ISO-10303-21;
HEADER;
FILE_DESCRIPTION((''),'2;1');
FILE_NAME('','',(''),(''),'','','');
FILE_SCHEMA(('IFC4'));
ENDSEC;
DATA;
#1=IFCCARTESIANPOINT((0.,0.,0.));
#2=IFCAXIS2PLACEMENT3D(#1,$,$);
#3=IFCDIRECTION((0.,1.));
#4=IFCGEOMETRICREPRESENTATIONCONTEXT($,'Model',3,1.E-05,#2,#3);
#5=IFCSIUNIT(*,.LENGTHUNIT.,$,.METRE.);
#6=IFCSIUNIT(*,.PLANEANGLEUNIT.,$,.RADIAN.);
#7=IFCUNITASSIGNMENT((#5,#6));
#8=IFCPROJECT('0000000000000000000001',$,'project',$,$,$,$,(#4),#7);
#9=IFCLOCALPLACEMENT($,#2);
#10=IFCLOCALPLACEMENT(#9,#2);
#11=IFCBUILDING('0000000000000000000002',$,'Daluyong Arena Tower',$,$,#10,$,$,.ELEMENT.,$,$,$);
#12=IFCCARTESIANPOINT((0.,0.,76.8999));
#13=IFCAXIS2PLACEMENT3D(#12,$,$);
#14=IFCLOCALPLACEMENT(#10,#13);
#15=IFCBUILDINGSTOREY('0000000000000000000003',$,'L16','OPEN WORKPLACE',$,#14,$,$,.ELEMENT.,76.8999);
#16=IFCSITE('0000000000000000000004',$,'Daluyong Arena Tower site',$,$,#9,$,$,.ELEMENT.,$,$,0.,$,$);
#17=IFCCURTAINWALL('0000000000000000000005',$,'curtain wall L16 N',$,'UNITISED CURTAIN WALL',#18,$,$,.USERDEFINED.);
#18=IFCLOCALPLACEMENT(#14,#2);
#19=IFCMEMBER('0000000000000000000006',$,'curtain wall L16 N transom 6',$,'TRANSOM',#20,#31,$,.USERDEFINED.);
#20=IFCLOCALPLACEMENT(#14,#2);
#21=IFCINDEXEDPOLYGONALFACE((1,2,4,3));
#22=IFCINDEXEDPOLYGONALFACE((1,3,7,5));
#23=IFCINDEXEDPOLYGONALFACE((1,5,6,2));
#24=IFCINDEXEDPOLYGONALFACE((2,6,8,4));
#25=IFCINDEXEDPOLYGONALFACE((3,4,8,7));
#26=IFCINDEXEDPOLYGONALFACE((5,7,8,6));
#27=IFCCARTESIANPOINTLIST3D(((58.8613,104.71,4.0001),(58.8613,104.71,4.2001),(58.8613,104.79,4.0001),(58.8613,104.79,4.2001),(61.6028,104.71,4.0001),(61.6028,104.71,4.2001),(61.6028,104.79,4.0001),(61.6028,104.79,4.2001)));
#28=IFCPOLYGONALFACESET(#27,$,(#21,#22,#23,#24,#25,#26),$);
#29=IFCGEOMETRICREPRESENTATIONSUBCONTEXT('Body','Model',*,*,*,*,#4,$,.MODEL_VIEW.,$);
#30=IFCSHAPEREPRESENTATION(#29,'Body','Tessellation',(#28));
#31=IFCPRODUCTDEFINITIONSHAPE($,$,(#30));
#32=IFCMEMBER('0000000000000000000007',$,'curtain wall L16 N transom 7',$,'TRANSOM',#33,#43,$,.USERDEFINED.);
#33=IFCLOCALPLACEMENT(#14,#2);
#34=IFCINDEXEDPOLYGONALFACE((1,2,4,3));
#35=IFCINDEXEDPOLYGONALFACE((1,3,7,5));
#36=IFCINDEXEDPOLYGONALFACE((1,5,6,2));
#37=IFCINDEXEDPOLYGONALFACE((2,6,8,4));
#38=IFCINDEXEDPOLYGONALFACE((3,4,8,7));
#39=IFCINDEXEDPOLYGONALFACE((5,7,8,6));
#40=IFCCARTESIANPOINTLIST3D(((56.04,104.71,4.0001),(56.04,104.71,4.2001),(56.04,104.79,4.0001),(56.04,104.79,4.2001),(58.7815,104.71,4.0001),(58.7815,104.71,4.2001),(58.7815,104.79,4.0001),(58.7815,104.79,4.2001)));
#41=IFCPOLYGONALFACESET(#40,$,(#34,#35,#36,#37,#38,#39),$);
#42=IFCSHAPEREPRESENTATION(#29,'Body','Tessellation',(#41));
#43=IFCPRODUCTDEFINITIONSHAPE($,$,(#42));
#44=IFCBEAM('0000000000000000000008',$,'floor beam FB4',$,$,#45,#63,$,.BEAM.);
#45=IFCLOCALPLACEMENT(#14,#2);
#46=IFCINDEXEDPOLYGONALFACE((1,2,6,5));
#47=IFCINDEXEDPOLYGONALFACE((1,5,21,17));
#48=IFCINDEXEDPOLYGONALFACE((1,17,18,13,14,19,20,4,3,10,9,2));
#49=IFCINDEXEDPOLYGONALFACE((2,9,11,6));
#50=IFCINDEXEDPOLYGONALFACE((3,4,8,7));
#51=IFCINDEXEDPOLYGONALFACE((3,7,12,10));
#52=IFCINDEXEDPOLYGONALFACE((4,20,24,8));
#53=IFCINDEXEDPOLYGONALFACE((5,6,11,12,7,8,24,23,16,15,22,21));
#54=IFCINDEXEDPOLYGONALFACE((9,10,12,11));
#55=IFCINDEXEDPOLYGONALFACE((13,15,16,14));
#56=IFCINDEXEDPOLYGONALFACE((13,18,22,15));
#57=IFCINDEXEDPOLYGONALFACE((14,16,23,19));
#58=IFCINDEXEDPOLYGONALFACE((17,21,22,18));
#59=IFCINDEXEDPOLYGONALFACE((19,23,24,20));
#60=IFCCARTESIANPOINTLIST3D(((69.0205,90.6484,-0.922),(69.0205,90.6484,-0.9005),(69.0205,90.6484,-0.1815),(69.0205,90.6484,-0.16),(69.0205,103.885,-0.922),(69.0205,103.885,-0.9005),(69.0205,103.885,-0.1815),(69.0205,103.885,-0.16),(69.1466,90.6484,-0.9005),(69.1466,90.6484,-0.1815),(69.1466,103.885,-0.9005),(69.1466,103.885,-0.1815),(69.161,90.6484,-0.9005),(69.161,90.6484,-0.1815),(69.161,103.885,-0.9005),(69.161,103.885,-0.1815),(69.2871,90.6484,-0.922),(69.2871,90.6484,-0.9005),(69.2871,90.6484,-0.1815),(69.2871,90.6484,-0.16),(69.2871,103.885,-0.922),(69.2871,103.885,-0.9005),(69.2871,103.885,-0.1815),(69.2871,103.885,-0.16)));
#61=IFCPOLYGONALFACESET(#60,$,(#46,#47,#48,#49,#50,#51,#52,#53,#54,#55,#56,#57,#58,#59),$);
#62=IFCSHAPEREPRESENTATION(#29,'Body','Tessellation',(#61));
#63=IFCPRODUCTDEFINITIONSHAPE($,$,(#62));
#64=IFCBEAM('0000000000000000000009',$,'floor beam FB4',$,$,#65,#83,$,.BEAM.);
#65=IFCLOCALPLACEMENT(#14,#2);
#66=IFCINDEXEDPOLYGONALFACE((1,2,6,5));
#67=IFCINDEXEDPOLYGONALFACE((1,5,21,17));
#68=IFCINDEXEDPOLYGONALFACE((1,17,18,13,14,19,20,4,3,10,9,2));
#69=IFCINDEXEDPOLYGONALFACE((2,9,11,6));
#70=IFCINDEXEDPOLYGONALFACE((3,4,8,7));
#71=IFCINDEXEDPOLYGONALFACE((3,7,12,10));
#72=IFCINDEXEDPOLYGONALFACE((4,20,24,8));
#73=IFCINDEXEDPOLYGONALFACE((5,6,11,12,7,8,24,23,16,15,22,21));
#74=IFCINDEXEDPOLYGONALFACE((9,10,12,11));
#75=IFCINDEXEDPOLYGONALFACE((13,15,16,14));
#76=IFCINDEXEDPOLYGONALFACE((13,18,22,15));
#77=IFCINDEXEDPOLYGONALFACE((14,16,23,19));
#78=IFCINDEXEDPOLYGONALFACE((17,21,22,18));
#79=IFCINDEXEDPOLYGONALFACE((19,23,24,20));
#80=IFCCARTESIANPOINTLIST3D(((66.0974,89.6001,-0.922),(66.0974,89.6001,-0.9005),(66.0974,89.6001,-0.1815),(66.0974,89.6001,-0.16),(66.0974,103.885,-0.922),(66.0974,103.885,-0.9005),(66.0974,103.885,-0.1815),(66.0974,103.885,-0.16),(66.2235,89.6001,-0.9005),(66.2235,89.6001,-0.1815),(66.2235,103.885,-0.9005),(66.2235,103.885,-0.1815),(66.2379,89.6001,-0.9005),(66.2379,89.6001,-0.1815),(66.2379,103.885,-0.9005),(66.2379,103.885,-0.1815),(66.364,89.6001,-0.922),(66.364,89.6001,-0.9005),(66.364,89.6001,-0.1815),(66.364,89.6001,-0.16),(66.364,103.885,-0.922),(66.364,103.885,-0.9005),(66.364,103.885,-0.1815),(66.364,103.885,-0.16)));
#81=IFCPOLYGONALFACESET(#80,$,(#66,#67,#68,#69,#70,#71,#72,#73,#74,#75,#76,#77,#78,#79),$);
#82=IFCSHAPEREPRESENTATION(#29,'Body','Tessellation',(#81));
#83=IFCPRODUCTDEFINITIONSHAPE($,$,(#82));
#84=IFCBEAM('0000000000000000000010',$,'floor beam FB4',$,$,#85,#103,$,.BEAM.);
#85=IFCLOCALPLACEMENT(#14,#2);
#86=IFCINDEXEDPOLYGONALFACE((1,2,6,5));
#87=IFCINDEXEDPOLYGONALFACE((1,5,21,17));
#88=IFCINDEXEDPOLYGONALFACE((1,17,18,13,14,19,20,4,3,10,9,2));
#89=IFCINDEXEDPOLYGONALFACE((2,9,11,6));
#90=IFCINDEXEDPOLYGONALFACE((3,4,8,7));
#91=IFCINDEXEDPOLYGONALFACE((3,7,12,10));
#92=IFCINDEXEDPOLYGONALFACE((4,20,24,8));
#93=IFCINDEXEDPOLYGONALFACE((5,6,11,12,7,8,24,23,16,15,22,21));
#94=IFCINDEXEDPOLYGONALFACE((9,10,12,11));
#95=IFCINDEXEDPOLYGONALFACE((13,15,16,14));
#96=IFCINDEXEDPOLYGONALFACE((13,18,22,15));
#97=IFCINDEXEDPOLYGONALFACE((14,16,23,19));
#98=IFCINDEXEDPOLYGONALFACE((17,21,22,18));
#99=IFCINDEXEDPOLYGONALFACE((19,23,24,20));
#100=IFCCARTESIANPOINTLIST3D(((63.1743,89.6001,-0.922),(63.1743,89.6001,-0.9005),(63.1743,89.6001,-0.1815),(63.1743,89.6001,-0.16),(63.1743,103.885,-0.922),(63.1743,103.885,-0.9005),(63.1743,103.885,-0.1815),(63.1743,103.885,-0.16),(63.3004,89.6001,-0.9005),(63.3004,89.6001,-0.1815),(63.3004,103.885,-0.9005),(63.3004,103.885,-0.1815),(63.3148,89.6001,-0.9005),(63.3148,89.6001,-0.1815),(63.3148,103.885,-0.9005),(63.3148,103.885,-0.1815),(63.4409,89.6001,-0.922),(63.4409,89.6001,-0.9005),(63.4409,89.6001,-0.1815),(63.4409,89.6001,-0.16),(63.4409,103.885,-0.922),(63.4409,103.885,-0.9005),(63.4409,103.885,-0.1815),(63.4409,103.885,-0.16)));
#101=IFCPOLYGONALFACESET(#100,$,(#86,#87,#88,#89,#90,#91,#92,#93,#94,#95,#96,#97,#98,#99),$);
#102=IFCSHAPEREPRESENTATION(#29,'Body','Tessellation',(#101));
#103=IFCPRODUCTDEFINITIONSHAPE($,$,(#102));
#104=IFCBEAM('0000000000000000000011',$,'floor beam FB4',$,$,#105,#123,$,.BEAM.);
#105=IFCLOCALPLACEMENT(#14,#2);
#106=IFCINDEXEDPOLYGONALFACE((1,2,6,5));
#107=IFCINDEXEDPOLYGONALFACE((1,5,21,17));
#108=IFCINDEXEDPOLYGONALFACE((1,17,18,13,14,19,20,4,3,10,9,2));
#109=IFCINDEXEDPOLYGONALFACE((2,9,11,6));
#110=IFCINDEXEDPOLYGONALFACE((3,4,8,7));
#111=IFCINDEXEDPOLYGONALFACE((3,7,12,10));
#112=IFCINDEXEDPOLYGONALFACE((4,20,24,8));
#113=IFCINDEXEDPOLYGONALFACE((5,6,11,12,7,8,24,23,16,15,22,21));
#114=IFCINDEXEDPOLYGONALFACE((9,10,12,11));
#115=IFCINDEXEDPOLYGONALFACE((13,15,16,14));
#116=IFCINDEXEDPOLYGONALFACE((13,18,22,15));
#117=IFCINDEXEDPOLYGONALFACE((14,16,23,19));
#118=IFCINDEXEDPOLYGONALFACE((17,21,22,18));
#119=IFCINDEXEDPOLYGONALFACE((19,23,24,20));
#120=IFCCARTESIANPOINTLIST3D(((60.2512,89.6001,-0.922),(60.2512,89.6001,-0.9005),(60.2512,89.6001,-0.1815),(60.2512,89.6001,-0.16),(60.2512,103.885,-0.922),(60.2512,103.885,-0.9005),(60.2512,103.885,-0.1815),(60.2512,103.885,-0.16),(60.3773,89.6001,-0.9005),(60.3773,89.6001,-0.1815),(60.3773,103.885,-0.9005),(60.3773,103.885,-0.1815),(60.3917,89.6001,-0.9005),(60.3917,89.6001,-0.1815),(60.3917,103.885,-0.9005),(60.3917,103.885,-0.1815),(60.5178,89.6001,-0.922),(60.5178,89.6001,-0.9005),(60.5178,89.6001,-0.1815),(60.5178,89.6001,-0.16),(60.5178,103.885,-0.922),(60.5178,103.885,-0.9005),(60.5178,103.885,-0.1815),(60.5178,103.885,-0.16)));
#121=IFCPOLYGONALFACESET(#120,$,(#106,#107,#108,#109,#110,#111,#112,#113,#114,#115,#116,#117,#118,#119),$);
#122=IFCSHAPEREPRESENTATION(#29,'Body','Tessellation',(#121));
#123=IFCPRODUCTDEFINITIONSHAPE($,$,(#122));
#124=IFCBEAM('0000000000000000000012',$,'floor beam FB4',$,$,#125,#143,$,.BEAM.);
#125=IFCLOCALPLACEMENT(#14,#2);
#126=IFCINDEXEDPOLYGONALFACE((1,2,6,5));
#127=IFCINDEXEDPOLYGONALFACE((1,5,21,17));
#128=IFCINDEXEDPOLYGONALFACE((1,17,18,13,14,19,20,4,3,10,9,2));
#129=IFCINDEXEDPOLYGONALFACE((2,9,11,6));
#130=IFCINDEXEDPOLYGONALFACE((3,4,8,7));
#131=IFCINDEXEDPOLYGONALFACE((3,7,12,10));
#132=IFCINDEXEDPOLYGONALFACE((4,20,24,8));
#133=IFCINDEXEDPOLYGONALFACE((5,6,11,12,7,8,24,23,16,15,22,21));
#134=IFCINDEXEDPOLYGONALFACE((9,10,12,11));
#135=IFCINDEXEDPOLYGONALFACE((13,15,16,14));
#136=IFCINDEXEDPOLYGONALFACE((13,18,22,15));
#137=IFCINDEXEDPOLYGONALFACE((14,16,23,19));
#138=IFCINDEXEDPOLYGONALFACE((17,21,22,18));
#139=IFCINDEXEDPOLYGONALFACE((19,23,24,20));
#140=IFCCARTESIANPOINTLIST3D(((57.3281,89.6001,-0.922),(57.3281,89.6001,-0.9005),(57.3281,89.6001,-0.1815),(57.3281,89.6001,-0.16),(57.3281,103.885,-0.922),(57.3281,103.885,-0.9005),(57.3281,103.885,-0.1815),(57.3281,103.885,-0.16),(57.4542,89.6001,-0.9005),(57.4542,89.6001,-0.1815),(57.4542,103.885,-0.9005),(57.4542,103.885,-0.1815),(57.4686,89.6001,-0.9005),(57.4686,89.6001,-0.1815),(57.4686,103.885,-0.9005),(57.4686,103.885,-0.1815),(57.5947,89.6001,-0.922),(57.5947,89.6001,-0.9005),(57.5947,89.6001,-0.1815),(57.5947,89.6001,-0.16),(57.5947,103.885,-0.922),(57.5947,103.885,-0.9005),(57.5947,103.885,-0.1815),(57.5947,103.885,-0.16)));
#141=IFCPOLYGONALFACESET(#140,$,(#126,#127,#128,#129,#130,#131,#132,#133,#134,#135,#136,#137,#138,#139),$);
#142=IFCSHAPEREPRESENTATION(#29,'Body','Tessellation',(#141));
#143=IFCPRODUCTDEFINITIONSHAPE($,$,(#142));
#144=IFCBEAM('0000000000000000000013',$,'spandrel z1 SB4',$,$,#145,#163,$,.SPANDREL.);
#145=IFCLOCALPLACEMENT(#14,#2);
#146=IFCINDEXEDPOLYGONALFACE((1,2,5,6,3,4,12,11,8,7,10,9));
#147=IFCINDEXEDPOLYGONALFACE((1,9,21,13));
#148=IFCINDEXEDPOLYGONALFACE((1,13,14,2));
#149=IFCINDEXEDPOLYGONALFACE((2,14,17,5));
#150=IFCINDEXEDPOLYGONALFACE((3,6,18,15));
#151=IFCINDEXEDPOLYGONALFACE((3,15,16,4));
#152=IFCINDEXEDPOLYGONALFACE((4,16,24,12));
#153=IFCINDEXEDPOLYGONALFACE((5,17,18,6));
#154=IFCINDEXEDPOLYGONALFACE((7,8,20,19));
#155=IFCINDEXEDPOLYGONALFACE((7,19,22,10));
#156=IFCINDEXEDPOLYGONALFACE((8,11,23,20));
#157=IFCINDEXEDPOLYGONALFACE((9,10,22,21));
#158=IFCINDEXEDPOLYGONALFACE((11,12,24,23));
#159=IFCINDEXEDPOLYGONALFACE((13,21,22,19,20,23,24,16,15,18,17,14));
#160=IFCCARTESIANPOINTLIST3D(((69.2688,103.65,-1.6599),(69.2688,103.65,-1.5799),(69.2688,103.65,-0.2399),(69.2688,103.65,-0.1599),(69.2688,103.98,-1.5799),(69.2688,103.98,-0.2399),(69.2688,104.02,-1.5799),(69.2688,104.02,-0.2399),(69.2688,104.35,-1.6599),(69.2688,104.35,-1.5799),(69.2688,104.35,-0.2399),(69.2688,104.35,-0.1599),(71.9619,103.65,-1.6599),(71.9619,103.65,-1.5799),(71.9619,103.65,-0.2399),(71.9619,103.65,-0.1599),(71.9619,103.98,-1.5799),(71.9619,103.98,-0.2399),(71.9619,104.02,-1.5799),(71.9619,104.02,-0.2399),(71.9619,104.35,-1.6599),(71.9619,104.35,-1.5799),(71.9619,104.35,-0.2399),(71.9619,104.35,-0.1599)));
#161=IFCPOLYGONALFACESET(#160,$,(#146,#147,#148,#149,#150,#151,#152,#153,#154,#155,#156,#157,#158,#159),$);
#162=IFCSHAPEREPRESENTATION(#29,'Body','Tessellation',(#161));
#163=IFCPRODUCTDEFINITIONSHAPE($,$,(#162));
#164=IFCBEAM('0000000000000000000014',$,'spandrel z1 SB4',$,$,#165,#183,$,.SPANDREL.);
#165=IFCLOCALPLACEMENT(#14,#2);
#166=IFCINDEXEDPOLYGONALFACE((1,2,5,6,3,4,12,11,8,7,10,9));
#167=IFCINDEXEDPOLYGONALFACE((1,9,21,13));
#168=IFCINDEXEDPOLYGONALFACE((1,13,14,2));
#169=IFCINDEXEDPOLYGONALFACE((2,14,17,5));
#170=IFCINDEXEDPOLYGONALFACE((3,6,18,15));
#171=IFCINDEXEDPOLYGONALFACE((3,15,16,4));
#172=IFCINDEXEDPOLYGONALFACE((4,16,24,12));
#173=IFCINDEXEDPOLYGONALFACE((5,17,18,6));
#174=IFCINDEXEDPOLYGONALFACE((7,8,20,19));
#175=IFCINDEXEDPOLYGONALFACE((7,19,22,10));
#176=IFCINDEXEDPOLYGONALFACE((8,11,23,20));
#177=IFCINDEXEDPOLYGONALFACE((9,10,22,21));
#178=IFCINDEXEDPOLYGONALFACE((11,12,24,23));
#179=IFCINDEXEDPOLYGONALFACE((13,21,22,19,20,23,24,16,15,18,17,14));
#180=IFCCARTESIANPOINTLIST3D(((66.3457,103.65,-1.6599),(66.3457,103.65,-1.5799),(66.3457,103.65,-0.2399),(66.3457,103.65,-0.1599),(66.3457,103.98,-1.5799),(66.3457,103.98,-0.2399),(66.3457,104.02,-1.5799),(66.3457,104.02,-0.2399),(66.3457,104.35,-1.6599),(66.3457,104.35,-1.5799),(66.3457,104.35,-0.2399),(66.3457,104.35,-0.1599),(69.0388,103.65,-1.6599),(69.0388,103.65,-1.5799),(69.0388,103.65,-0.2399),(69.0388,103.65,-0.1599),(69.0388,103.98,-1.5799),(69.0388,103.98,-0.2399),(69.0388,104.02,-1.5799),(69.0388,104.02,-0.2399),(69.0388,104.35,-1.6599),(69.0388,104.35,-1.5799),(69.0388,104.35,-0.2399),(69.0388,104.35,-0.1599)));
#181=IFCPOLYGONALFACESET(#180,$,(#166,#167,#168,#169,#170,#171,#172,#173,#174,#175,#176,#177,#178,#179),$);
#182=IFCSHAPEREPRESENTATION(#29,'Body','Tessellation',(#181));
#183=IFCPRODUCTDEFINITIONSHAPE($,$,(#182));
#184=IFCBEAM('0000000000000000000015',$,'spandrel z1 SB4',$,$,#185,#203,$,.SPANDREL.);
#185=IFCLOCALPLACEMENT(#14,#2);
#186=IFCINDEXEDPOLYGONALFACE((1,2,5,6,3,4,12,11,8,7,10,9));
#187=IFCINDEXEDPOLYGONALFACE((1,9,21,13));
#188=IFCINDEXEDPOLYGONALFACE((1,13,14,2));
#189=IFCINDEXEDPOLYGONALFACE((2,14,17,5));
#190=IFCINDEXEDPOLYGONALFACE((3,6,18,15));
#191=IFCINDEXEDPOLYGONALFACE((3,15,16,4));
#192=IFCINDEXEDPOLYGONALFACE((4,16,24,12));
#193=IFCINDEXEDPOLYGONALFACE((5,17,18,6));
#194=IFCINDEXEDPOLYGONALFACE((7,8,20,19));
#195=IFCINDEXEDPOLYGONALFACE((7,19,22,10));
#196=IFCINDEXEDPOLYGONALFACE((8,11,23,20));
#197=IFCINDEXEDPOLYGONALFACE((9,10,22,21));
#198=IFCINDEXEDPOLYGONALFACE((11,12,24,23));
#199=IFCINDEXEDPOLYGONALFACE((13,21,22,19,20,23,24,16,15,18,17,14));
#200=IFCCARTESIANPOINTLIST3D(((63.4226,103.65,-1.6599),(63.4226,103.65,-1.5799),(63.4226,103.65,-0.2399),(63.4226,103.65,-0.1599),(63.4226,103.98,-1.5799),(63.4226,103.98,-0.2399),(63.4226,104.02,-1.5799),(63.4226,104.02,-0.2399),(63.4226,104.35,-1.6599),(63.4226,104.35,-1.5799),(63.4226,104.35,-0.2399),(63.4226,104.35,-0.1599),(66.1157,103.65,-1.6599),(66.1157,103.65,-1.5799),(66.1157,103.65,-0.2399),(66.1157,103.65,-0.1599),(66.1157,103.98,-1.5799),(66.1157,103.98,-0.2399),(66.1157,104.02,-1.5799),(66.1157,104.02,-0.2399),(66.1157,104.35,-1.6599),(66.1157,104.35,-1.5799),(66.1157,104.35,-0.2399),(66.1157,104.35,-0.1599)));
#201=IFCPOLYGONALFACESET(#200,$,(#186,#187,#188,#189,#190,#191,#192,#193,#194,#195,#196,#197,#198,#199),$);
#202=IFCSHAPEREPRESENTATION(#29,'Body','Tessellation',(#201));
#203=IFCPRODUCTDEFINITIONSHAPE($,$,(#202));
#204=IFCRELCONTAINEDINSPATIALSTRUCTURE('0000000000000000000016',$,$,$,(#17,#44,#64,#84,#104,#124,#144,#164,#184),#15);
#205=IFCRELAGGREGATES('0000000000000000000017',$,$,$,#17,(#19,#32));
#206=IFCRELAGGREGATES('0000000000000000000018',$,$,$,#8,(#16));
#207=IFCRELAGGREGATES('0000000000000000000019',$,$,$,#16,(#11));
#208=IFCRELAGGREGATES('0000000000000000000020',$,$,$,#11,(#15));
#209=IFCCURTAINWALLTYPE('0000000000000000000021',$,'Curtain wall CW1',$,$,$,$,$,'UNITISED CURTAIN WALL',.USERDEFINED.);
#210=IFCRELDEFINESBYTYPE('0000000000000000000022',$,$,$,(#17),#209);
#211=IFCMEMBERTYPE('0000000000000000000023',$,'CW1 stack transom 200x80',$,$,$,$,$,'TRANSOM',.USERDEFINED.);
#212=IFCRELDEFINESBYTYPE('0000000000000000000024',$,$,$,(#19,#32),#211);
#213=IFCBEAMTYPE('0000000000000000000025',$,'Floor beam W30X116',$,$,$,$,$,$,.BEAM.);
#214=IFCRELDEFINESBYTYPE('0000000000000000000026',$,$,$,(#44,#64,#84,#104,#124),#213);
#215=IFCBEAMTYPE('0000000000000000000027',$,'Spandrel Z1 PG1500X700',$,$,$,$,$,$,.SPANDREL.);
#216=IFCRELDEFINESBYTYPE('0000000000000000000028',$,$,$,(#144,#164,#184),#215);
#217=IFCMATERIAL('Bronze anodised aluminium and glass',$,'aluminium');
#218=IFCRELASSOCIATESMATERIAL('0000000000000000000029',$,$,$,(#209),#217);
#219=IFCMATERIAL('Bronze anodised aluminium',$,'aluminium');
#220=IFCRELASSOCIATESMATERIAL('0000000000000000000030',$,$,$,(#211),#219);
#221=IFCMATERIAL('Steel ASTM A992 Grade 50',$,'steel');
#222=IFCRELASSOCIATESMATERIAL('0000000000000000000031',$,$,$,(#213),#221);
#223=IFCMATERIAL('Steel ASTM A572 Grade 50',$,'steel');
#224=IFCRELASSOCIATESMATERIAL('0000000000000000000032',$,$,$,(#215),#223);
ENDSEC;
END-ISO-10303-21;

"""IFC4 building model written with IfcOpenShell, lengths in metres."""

from ifc_helpers import new_model, si_unit, direction, frame, origin, origin_2d, place, context, subcontext, project, spatial, rectangle, i_section, extrude, material, material_profile, profile_set, type_object, element, aggregate, save


model = new_model("IFC4")

# Units and contexts
model_context = context("Model", 3, precision=1e-05, world=origin(), true_north=direction((0.0, 1.0)))
body_context = subcontext(model_context, "Body", "Model", "MODEL_VIEW")
ifc_project = project(units=[si_unit("LENGTHUNIT", "METRE"), si_unit("PLANEANGLEUNIT", "RADIAN")], contexts=[model_context])

# Site, building, storey
site_placement = place(None, origin())
site = spatial("IfcSite", under=ifc_project, at=site_placement, Name="Daluyong Arena Tower site", CompositionType="ELEMENT", RefElevation=0.0)
building_placement = place(site_placement, origin())
building = spatial("IfcBuilding", under=site, at=building_placement, Name="Daluyong Arena Tower", CompositionType="ELEMENT")
storey_placement = place(building_placement, frame((0.0, 0.0, 76.8999)))
storey = spatial("IfcBuildingStorey", under=building, at=storey_placement, Name="L16", Description="OPEN WORKPLACE", CompositionType="ELEMENT", Elevation=76.8999)

# Curtain wall, members
ifc_material_1 = material(Name="Bronze anodised aluminium and glass", Category="aluminium")
curtain_wall_type = type_object("IfcCurtainWallType", Name="Curtain wall CW1", ElementType="UNITISED CURTAIN WALL", PredefinedType="USERDEFINED", material=ifc_material_1)
curtain_wall_placement = place(storey_placement, origin())
curtain_wall = element("IfcCurtainWall", 1, at=curtain_wall_placement, inside=storey, type_object=curtain_wall_type, Name="curtain wall L16 N", ObjectType="UNITISED CURTAIN WALL", PredefinedType="USERDEFINED")
ifc_material_2 = material(Name="Bronze anodised aluminium", Category="aluminium")
ifc_material_profile_1 = material_profile(ifc_material_2, rectangle(XDim=0.0801, YDim=0.2, at=origin_2d()))
ifc_profile_set_1 = profile_set([ifc_material_profile_1], Name="Bronze anodised aluminium")
member_type_1 = type_object("IfcMemberType", Name="CW1 stack transom 200x80", ElementType="TRANSOM", PredefinedType="USERDEFINED", material=ifc_profile_set_1)
member_1_placement = place(storey_placement, frame((61.6028, 104.75, 4.1001), z_axis=(-1.0, 0.0, 0.0), x_axis=(0.0, -1.0, 0.0)))
member_1 = element("IfcMember", 2, at=member_1_placement, type_object=member_type_1, Name="curtain wall L16 N transom 6", ObjectType="TRANSOM", PredefinedType="USERDEFINED", context=body_context, shape_type="SweptSolid", body=[
    extrude(rectangle(XDim=0.0801, YDim=0.2, at=origin_2d()), origin(), (0.0, 0.0, 1.0), 2.7415),
])
member_2_placement = place(storey_placement, frame((58.7815, 104.75, 4.1001), z_axis=(-1.0, 0.0, 0.0), x_axis=(0.0, -1.0, 0.0)))
member_2 = element("IfcMember", 3, at=member_2_placement, type_object=member_type_1, Name="curtain wall L16 N transom 7", ObjectType="TRANSOM", PredefinedType="USERDEFINED", context=body_context, shape_type="SweptSolid", body=[
    extrude(rectangle(XDim=0.0801, YDim=0.2, at=origin_2d()), origin(), (0.0, 0.0, 1.0), 2.7415),
])

# Beams
ifc_material_3 = material(Name="Steel ASTM A992 Grade 50", Category="steel")
ifc_material_profile_2 = material_profile(ifc_material_3, i_section(OverallWidth=0.2666, OverallDepth=0.762, WebThickness=0.0144, FlangeThickness=0.0215, at=origin_2d()))
ifc_profile_set_2 = profile_set([ifc_material_profile_2], Name="Steel ASTM A992 Grade 50")
beam_type_1 = type_object("IfcBeamType", Name="Floor beam W30X116", PredefinedType="BEAM", material=ifc_profile_set_2)
beam_1_placement = place(storey_placement, frame((69.1538, 103.885, -0.541), z_axis=(0.0, -1.0, 0.0), x_axis=(1.0, 0.0, 0.0)))
element("IfcBeam", 4, at=beam_1_placement, inside=storey, type_object=beam_type_1, Name="floor beam FB4", PredefinedType="BEAM", context=body_context, shape_type="SweptSolid", body=[
    extrude(i_section(OverallWidth=0.2666, OverallDepth=0.762, WebThickness=0.0144, FlangeThickness=0.0215, at=origin_2d()), origin(), (0.0, 0.0, 1.0), 13.2366),
])
for number, where, z_axis, x_axis, name in (
    (5, (66.2307, 103.885, -0.541), (0.0, -1.0, 0.0), (1.0, 0.0, 0.0), "floor beam FB4"),
    (6, (63.3076, 103.885, -0.541), (0.0, -1.0, 0.0), (1.0, 0.0, 0.0), "floor beam FB4"),
    (7, (60.3845, 103.885, -0.541), (0.0, -1.0, 0.0), (1.0, 0.0, 0.0), "floor beam FB4"),
    (8, (57.4614, 103.885, -0.541), (0.0, -1.0, 0.0), (1.0, 0.0, 0.0), "floor beam FB4"),
):
    element("IfcBeam", number, at=place(storey_placement, frame(where, z_axis=z_axis, x_axis=x_axis)), inside=storey, type_object=beam_type_1, Name=name, PredefinedType="BEAM", context=body_context, shape_type="SweptSolid", body=[
        extrude(i_section(OverallWidth=0.2666, OverallDepth=0.762, WebThickness=0.0144, FlangeThickness=0.0215, at=origin_2d()), origin(), (0.0, 0.0, 1.0), 14.2849),
    ])
ifc_material_4 = material(Name="Steel ASTM A572 Grade 50", Category="steel")
ifc_material_profile_3 = material_profile(ifc_material_4, i_section(OverallWidth=0.7, OverallDepth=1.5, WebThickness=0.04, FlangeThickness=0.08, at=origin_2d()))
ifc_profile_set_3 = profile_set([ifc_material_profile_3], Name="Steel ASTM A572 Grade 50")
beam_type_2 = type_object("IfcBeamType", Name="Spandrel Z1 PG1500X700", PredefinedType="SPANDREL", material=ifc_profile_set_3)
for number, where, z_axis, x_axis, name in (
    (9, (71.9619, 104.0, -0.9099), (-1.0, 0.0, 0.0), (0.0, -1.0, 0.0), "spandrel z1 SB4"),
    (10, (69.0388, 104.0, -0.9099), (-1.0, 0.0, 0.0), (0.0, -1.0, 0.0), "spandrel z1 SB4"),
    (11, (66.1157, 104.0, -0.9099), (-1.0, 0.0, 0.0), (0.0, -1.0, 0.0), "spandrel z1 SB4"),
):
    element("IfcBeam", number, at=place(storey_placement, frame(where, z_axis=z_axis, x_axis=x_axis)), inside=storey, type_object=beam_type_2, Name=name, PredefinedType="SPANDREL", context=body_context, shape_type="SweptSolid", body=[
        extrude(i_section(OverallWidth=0.7, OverallDepth=1.5, WebThickness=0.04, FlangeThickness=0.08, at=origin_2d()), origin(), (0.0, 0.0, 1.0), 2.6931),
    ])

aggregate(curtain_wall, [member_1, member_2])

save(model, "model.ifc")
